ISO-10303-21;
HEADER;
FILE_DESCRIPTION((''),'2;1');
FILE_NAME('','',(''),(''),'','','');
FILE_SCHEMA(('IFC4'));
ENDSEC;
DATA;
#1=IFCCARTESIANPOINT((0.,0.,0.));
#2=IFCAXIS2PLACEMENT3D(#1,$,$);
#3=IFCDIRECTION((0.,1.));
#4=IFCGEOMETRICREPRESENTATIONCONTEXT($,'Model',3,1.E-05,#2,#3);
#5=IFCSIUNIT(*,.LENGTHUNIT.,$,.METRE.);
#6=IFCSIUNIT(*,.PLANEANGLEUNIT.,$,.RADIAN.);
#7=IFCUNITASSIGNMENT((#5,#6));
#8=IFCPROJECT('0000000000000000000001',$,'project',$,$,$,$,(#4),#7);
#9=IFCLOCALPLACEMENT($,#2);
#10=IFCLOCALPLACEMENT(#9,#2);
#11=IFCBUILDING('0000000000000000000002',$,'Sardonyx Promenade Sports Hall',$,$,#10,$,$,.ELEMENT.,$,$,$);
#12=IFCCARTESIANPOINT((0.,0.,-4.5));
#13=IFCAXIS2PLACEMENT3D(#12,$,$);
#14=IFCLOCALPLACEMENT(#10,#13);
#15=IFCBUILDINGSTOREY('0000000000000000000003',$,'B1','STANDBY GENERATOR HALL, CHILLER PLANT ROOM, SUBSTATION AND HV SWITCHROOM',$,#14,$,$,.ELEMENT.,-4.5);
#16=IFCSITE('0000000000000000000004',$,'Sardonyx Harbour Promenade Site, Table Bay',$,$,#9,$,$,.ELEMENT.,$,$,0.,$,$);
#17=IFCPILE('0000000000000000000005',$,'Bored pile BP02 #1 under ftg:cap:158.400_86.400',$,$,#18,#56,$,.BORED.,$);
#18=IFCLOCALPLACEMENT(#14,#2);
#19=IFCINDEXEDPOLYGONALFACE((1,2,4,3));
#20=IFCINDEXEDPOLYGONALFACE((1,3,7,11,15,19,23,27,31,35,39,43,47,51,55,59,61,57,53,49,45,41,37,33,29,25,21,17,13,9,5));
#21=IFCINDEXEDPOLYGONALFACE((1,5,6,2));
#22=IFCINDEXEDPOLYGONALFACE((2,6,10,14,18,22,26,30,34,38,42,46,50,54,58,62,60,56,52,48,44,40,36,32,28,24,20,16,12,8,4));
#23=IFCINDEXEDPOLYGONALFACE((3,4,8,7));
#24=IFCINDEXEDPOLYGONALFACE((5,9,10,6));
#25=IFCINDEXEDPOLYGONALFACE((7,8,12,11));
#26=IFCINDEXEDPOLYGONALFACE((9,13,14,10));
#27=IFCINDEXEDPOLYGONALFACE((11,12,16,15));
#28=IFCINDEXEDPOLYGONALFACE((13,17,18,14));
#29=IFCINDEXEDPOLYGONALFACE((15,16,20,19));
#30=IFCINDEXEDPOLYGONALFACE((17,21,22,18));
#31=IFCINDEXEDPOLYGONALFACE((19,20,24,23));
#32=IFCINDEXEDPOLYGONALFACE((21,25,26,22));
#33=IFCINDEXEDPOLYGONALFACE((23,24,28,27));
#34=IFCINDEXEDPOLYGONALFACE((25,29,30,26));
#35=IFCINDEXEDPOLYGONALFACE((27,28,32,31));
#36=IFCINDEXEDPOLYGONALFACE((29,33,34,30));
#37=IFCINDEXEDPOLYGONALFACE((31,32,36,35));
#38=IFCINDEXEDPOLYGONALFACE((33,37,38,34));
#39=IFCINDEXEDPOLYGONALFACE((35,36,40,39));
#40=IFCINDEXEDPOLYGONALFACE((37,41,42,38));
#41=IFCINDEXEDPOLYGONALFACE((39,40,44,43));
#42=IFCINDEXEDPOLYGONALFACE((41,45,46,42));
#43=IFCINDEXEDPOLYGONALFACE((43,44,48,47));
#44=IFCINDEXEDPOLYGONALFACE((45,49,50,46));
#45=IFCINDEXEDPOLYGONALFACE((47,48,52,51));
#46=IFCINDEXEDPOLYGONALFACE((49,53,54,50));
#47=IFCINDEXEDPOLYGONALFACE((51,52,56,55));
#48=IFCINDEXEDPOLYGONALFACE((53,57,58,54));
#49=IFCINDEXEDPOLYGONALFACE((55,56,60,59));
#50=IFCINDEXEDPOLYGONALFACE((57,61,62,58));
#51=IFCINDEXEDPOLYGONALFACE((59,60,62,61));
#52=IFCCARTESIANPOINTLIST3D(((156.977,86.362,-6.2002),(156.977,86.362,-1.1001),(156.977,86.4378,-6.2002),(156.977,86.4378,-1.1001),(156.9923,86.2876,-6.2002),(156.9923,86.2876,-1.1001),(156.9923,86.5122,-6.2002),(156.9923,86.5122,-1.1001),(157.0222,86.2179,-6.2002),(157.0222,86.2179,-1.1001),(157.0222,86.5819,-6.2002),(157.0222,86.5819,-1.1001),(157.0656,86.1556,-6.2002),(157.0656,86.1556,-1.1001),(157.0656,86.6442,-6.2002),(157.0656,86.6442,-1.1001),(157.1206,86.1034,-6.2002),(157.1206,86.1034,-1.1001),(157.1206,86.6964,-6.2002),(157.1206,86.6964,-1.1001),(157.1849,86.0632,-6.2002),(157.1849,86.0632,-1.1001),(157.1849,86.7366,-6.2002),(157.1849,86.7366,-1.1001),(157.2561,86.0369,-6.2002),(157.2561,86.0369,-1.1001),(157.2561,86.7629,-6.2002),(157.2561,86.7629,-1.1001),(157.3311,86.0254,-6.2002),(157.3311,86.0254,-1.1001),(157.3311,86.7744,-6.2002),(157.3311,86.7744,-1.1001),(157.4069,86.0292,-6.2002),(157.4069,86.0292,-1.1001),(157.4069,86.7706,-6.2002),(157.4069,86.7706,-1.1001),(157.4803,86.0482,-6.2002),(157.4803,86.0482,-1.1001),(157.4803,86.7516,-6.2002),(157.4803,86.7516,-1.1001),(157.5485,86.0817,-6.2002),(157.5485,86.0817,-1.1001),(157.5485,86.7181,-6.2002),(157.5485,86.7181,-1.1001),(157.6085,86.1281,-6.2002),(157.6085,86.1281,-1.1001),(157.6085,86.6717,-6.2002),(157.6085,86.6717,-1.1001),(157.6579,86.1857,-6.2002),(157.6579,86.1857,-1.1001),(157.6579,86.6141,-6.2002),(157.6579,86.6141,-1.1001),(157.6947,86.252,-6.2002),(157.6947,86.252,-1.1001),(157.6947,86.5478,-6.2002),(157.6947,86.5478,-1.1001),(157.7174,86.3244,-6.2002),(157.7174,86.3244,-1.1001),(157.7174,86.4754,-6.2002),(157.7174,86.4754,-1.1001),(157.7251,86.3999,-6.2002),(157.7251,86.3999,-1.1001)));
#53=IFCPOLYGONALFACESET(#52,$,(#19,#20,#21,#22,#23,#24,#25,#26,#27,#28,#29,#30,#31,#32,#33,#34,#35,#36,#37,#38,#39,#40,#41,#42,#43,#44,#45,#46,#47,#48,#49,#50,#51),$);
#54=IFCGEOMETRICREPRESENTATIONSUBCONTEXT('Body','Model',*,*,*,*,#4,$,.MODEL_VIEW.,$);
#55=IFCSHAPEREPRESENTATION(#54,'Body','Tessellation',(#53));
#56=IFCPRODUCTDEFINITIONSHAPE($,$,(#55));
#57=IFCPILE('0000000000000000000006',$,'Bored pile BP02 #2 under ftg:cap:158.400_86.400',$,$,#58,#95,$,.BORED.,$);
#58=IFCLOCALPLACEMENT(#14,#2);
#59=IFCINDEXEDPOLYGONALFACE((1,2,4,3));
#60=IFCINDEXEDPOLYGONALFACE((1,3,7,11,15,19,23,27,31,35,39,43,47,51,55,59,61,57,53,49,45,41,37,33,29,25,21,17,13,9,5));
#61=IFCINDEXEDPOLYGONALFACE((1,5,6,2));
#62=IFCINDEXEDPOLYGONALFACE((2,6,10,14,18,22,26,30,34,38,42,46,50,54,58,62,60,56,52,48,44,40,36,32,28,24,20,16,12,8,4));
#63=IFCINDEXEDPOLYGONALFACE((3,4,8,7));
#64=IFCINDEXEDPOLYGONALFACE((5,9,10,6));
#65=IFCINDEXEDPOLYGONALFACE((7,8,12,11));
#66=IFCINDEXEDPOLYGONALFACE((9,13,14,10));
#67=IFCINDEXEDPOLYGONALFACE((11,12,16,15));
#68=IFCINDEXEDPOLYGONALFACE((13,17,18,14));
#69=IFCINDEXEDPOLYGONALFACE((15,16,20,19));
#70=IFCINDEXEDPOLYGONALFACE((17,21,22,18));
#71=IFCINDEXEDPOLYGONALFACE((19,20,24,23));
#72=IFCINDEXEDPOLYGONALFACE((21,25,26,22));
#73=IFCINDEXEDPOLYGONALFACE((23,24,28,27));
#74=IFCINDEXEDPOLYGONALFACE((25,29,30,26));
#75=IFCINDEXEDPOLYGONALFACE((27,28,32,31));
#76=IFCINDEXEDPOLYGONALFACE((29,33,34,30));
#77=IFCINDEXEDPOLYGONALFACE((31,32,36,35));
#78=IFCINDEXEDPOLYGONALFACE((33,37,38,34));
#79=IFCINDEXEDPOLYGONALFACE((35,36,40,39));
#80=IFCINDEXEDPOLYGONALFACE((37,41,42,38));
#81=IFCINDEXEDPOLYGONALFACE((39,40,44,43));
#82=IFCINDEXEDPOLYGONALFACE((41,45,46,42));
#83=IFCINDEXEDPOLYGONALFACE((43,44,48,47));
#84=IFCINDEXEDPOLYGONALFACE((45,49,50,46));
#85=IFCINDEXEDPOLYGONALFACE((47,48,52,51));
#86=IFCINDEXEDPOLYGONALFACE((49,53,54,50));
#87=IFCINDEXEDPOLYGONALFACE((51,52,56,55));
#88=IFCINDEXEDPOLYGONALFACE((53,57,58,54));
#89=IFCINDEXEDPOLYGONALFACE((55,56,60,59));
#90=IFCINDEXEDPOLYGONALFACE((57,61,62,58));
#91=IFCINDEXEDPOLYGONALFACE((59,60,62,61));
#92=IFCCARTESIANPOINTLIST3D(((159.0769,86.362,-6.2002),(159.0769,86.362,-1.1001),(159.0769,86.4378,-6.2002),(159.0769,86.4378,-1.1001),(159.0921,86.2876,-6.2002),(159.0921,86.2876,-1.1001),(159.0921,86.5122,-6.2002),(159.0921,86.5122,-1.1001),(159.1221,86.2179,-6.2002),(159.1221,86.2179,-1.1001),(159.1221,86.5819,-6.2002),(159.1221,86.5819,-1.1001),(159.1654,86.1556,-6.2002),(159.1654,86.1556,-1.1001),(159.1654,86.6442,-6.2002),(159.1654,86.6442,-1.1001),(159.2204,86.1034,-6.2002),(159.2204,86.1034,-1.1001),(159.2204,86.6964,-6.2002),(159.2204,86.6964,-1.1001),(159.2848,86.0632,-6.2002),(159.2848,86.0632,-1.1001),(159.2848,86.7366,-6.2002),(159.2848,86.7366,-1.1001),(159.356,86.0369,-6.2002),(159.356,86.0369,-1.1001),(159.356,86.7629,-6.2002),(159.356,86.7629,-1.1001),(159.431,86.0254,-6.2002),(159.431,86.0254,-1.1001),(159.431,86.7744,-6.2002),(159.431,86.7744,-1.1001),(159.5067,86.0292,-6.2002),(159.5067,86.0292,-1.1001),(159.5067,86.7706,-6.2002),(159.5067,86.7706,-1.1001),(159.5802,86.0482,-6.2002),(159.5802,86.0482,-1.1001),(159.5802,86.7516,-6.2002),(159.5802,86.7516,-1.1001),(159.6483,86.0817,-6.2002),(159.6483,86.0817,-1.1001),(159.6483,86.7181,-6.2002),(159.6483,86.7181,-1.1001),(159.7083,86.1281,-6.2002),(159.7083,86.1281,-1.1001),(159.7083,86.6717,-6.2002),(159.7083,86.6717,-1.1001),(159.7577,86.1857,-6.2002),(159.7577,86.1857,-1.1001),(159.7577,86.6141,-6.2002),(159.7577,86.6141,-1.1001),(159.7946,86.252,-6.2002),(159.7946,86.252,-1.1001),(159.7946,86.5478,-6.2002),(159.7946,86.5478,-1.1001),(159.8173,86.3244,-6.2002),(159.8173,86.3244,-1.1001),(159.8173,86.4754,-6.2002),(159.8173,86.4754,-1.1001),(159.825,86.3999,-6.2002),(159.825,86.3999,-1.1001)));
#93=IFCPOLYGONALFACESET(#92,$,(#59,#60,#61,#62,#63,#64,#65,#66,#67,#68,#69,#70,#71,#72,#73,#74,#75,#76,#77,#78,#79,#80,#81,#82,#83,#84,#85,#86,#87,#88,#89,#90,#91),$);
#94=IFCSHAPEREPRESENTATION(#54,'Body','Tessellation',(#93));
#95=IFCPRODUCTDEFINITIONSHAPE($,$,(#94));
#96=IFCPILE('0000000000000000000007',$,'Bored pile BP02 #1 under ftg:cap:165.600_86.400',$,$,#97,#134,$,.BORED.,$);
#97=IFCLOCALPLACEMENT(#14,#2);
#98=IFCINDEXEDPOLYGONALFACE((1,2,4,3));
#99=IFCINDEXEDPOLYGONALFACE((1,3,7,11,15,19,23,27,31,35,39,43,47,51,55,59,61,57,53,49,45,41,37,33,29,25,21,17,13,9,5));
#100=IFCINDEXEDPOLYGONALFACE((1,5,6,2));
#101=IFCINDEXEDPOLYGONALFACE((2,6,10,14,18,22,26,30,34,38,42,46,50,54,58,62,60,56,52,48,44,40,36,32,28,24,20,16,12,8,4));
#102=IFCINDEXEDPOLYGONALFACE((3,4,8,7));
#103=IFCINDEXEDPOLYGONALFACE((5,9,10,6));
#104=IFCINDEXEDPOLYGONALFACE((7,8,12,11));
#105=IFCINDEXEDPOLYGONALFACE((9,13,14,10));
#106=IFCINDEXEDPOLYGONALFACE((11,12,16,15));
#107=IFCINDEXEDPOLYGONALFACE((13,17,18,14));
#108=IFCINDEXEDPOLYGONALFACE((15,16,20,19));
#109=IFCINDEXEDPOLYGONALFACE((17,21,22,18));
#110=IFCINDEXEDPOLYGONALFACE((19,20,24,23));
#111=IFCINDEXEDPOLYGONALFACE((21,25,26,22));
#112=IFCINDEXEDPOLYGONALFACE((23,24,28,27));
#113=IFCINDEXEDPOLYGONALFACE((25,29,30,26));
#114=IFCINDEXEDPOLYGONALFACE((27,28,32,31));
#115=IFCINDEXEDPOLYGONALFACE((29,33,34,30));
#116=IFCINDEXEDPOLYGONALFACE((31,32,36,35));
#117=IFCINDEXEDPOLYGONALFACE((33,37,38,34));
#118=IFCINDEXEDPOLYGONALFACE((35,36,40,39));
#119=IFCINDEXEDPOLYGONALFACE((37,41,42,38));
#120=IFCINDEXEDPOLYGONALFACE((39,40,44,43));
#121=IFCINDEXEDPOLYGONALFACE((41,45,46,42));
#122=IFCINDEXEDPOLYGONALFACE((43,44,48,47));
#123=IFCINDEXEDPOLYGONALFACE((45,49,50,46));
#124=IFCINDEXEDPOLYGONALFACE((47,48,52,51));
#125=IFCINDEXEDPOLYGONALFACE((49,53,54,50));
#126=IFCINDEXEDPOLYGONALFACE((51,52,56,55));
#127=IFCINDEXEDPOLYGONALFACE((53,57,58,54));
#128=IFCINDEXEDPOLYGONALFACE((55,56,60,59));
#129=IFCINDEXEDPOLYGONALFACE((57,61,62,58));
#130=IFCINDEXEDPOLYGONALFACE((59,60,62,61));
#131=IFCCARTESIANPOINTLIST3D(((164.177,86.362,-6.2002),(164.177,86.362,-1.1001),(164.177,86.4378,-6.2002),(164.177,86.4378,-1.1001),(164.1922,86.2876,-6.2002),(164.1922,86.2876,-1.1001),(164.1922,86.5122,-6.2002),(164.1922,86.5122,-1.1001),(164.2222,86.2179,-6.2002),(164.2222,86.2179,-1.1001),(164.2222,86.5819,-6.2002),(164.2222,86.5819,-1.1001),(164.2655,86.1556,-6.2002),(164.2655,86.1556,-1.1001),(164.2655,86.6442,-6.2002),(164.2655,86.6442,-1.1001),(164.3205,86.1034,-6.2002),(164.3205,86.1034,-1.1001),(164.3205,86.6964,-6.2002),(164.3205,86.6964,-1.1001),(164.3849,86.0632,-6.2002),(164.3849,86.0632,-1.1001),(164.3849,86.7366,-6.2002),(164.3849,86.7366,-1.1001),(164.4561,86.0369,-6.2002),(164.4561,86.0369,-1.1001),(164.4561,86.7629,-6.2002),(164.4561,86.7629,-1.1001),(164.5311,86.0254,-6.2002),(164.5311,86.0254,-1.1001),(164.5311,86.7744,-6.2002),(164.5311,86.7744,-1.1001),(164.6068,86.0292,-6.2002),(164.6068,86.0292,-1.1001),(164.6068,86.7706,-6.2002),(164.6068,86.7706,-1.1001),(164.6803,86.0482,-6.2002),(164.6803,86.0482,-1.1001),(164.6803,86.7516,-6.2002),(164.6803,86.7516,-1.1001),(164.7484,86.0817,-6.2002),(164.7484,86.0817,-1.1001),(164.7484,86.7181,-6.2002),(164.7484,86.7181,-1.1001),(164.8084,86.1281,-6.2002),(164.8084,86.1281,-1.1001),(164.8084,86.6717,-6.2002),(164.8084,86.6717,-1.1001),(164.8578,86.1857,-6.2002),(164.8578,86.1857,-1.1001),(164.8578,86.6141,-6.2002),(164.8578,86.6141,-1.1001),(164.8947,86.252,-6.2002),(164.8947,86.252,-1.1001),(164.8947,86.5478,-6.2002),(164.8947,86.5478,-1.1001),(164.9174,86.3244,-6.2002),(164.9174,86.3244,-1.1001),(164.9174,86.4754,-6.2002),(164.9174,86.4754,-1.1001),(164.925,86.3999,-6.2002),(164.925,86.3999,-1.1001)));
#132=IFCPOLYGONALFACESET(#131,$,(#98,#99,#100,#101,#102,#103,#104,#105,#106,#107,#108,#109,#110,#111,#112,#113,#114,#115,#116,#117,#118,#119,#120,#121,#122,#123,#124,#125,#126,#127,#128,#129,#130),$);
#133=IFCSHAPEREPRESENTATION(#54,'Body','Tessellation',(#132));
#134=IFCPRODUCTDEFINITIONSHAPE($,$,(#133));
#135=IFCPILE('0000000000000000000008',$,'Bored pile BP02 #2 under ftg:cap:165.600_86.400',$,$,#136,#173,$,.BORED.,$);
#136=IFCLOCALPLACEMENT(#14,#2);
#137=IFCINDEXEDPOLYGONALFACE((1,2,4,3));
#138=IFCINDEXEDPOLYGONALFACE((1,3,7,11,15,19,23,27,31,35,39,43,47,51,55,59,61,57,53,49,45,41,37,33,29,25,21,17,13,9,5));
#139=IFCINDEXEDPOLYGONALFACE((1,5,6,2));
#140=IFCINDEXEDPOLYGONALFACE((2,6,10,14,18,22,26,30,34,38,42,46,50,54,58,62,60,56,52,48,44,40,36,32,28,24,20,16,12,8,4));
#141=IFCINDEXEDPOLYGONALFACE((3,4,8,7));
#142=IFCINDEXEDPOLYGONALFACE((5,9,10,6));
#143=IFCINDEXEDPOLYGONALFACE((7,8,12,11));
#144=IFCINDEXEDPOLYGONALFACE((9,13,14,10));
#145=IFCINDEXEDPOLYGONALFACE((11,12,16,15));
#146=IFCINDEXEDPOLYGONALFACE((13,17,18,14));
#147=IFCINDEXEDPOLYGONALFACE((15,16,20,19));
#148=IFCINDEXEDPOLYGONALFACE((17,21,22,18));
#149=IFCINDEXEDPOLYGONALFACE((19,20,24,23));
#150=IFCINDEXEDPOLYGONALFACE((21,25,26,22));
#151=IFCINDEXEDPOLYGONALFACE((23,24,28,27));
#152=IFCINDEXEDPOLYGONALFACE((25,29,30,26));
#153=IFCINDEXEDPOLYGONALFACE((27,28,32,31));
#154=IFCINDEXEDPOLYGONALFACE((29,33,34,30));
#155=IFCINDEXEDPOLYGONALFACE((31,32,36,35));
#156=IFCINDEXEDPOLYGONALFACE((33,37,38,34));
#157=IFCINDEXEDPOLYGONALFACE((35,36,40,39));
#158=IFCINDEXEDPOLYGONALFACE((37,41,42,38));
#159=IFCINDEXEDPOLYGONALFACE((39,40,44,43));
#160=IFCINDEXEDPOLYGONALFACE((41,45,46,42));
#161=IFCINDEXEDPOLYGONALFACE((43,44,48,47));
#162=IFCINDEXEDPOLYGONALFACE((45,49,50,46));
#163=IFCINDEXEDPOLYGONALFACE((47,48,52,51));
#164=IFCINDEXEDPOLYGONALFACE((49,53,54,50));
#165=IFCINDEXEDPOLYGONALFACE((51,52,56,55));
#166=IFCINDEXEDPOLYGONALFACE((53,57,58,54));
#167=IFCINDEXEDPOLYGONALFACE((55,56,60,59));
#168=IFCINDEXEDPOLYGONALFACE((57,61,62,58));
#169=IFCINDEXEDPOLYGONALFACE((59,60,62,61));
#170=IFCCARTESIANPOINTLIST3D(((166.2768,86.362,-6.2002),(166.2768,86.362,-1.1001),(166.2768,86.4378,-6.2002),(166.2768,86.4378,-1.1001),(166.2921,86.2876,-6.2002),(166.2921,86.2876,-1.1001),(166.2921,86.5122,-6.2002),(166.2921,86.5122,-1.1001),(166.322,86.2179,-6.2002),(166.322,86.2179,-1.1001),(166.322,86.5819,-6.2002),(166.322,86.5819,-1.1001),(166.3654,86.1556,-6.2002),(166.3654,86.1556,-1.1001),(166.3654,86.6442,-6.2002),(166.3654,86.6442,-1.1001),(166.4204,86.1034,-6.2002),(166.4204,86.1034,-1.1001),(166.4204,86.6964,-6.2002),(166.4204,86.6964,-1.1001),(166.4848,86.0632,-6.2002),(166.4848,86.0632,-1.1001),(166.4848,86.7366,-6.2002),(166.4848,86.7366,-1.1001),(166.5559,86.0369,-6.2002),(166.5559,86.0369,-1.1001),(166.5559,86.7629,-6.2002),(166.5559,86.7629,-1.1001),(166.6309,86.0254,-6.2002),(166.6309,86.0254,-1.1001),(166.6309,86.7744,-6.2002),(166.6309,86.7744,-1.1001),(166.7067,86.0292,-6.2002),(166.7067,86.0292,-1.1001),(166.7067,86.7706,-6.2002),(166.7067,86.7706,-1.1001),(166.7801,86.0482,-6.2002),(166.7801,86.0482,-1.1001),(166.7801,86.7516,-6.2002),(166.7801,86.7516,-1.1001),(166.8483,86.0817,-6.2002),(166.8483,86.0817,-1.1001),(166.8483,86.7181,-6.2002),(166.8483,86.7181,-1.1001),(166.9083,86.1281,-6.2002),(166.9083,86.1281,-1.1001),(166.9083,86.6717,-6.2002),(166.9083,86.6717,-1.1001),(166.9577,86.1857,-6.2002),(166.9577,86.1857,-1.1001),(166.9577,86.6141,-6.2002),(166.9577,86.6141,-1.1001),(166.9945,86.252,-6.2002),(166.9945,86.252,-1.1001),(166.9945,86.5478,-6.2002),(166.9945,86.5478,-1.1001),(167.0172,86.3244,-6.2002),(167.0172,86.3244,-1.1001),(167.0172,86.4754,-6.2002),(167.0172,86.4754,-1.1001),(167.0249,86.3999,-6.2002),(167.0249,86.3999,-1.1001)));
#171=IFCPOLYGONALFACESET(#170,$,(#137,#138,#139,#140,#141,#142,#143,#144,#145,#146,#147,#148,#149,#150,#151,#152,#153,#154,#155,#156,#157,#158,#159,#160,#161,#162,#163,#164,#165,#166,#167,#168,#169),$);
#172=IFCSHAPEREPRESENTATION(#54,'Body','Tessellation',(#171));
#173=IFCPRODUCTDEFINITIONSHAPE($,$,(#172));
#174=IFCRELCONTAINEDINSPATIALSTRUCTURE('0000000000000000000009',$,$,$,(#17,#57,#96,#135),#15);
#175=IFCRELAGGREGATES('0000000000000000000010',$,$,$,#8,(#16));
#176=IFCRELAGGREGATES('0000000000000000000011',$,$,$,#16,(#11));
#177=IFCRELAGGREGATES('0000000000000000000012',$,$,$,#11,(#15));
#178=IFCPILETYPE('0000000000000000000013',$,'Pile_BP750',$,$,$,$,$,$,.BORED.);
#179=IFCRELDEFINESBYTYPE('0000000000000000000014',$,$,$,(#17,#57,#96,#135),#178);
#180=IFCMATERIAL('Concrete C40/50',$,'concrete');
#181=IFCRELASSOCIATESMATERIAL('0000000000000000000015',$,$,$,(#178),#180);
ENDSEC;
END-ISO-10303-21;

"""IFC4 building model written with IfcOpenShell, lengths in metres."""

from ifc_helpers import new_model, si_unit, direction, frame, origin, origin_2d, place, context, subcontext, project, spatial, circle, extrude, material, material_profile, profile_set, type_object, element, save


model = new_model("IFC4")

# Units and contexts
model_context = context("Model", 3, precision=1e-05, world=origin(), true_north=direction((0.0, 1.0)))
body_context = subcontext(model_context, "Body", "Model", "MODEL_VIEW")
ifc_project = project(units=[si_unit("LENGTHUNIT", "METRE"), si_unit("PLANEANGLEUNIT", "RADIAN")], contexts=[model_context])

# Site, building, storey
site_placement = place(None, origin())
site = spatial("IfcSite", under=ifc_project, at=site_placement, Name="Sardonyx Harbour Promenade Site, Table Bay", CompositionType="ELEMENT", RefElevation=0.0)
building_placement = place(site_placement, origin())
building = spatial("IfcBuilding", under=site, at=building_placement, Name="Sardonyx Promenade Sports Hall", CompositionType="ELEMENT")
storey_placement = place(building_placement, frame((0.0, 0.0, -4.5)))
storey = spatial("IfcBuildingStorey", under=building, at=storey_placement, Name="B1", Description="STANDBY GENERATOR HALL, CHILLER PLANT ROOM, SUBSTATION AND HV SWITCHROOM", CompositionType="ELEMENT", Elevation=-4.5)

# Piles
ifc_material_1 = material(Name="Concrete C40/50", Category="concrete")
ifc_material_profile_1 = material_profile(ifc_material_1, circle(Radius=0.375, at=origin_2d()))
ifc_profile_set_1 = profile_set([ifc_material_profile_1], Name="Concrete C40/50")
pile_type_1 = type_object("IfcPileType", Name="Pile_BP750", PredefinedType="BORED", material=ifc_profile_set_1)
for number, where, z_axis, x_axis, name in (
    (1, (157.3501, 86.3999, -1.1001), (0.0, 0.0, -1.0), (1.0, 0.0, 0.0), "Bored pile BP02 #1 under ftg:cap:158.400_86.400"),
    (2, (159.45, 86.3999, -1.1001), (0.0, 0.0, -1.0), (1.0, 0.0, 0.0), "Bored pile BP02 #2 under ftg:cap:158.400_86.400"),
    (3, (164.55, 86.3999, -1.1001), (0.0, 0.0, -1.0), (1.0, 0.0, 0.0), "Bored pile BP02 #1 under ftg:cap:165.600_86.400"),
    (4, (166.6499, 86.3999, -1.1001), (0.0, 0.0, -1.0), (1.0, 0.0, 0.0), "Bored pile BP02 #2 under ftg:cap:165.600_86.400"),
):
    element("IfcPile", number, at=place(storey_placement, frame(where, z_axis=z_axis, x_axis=x_axis)), inside=storey, type_object=pile_type_1, Name=name, PredefinedType="BORED", context=body_context, shape_type="SweptSolid", body=[
        extrude(circle(Radius=0.375, at=origin_2d()), origin(), (0.0, 0.0, 1.0), 5.1001),
    ])

save(model, "model.ifc")
